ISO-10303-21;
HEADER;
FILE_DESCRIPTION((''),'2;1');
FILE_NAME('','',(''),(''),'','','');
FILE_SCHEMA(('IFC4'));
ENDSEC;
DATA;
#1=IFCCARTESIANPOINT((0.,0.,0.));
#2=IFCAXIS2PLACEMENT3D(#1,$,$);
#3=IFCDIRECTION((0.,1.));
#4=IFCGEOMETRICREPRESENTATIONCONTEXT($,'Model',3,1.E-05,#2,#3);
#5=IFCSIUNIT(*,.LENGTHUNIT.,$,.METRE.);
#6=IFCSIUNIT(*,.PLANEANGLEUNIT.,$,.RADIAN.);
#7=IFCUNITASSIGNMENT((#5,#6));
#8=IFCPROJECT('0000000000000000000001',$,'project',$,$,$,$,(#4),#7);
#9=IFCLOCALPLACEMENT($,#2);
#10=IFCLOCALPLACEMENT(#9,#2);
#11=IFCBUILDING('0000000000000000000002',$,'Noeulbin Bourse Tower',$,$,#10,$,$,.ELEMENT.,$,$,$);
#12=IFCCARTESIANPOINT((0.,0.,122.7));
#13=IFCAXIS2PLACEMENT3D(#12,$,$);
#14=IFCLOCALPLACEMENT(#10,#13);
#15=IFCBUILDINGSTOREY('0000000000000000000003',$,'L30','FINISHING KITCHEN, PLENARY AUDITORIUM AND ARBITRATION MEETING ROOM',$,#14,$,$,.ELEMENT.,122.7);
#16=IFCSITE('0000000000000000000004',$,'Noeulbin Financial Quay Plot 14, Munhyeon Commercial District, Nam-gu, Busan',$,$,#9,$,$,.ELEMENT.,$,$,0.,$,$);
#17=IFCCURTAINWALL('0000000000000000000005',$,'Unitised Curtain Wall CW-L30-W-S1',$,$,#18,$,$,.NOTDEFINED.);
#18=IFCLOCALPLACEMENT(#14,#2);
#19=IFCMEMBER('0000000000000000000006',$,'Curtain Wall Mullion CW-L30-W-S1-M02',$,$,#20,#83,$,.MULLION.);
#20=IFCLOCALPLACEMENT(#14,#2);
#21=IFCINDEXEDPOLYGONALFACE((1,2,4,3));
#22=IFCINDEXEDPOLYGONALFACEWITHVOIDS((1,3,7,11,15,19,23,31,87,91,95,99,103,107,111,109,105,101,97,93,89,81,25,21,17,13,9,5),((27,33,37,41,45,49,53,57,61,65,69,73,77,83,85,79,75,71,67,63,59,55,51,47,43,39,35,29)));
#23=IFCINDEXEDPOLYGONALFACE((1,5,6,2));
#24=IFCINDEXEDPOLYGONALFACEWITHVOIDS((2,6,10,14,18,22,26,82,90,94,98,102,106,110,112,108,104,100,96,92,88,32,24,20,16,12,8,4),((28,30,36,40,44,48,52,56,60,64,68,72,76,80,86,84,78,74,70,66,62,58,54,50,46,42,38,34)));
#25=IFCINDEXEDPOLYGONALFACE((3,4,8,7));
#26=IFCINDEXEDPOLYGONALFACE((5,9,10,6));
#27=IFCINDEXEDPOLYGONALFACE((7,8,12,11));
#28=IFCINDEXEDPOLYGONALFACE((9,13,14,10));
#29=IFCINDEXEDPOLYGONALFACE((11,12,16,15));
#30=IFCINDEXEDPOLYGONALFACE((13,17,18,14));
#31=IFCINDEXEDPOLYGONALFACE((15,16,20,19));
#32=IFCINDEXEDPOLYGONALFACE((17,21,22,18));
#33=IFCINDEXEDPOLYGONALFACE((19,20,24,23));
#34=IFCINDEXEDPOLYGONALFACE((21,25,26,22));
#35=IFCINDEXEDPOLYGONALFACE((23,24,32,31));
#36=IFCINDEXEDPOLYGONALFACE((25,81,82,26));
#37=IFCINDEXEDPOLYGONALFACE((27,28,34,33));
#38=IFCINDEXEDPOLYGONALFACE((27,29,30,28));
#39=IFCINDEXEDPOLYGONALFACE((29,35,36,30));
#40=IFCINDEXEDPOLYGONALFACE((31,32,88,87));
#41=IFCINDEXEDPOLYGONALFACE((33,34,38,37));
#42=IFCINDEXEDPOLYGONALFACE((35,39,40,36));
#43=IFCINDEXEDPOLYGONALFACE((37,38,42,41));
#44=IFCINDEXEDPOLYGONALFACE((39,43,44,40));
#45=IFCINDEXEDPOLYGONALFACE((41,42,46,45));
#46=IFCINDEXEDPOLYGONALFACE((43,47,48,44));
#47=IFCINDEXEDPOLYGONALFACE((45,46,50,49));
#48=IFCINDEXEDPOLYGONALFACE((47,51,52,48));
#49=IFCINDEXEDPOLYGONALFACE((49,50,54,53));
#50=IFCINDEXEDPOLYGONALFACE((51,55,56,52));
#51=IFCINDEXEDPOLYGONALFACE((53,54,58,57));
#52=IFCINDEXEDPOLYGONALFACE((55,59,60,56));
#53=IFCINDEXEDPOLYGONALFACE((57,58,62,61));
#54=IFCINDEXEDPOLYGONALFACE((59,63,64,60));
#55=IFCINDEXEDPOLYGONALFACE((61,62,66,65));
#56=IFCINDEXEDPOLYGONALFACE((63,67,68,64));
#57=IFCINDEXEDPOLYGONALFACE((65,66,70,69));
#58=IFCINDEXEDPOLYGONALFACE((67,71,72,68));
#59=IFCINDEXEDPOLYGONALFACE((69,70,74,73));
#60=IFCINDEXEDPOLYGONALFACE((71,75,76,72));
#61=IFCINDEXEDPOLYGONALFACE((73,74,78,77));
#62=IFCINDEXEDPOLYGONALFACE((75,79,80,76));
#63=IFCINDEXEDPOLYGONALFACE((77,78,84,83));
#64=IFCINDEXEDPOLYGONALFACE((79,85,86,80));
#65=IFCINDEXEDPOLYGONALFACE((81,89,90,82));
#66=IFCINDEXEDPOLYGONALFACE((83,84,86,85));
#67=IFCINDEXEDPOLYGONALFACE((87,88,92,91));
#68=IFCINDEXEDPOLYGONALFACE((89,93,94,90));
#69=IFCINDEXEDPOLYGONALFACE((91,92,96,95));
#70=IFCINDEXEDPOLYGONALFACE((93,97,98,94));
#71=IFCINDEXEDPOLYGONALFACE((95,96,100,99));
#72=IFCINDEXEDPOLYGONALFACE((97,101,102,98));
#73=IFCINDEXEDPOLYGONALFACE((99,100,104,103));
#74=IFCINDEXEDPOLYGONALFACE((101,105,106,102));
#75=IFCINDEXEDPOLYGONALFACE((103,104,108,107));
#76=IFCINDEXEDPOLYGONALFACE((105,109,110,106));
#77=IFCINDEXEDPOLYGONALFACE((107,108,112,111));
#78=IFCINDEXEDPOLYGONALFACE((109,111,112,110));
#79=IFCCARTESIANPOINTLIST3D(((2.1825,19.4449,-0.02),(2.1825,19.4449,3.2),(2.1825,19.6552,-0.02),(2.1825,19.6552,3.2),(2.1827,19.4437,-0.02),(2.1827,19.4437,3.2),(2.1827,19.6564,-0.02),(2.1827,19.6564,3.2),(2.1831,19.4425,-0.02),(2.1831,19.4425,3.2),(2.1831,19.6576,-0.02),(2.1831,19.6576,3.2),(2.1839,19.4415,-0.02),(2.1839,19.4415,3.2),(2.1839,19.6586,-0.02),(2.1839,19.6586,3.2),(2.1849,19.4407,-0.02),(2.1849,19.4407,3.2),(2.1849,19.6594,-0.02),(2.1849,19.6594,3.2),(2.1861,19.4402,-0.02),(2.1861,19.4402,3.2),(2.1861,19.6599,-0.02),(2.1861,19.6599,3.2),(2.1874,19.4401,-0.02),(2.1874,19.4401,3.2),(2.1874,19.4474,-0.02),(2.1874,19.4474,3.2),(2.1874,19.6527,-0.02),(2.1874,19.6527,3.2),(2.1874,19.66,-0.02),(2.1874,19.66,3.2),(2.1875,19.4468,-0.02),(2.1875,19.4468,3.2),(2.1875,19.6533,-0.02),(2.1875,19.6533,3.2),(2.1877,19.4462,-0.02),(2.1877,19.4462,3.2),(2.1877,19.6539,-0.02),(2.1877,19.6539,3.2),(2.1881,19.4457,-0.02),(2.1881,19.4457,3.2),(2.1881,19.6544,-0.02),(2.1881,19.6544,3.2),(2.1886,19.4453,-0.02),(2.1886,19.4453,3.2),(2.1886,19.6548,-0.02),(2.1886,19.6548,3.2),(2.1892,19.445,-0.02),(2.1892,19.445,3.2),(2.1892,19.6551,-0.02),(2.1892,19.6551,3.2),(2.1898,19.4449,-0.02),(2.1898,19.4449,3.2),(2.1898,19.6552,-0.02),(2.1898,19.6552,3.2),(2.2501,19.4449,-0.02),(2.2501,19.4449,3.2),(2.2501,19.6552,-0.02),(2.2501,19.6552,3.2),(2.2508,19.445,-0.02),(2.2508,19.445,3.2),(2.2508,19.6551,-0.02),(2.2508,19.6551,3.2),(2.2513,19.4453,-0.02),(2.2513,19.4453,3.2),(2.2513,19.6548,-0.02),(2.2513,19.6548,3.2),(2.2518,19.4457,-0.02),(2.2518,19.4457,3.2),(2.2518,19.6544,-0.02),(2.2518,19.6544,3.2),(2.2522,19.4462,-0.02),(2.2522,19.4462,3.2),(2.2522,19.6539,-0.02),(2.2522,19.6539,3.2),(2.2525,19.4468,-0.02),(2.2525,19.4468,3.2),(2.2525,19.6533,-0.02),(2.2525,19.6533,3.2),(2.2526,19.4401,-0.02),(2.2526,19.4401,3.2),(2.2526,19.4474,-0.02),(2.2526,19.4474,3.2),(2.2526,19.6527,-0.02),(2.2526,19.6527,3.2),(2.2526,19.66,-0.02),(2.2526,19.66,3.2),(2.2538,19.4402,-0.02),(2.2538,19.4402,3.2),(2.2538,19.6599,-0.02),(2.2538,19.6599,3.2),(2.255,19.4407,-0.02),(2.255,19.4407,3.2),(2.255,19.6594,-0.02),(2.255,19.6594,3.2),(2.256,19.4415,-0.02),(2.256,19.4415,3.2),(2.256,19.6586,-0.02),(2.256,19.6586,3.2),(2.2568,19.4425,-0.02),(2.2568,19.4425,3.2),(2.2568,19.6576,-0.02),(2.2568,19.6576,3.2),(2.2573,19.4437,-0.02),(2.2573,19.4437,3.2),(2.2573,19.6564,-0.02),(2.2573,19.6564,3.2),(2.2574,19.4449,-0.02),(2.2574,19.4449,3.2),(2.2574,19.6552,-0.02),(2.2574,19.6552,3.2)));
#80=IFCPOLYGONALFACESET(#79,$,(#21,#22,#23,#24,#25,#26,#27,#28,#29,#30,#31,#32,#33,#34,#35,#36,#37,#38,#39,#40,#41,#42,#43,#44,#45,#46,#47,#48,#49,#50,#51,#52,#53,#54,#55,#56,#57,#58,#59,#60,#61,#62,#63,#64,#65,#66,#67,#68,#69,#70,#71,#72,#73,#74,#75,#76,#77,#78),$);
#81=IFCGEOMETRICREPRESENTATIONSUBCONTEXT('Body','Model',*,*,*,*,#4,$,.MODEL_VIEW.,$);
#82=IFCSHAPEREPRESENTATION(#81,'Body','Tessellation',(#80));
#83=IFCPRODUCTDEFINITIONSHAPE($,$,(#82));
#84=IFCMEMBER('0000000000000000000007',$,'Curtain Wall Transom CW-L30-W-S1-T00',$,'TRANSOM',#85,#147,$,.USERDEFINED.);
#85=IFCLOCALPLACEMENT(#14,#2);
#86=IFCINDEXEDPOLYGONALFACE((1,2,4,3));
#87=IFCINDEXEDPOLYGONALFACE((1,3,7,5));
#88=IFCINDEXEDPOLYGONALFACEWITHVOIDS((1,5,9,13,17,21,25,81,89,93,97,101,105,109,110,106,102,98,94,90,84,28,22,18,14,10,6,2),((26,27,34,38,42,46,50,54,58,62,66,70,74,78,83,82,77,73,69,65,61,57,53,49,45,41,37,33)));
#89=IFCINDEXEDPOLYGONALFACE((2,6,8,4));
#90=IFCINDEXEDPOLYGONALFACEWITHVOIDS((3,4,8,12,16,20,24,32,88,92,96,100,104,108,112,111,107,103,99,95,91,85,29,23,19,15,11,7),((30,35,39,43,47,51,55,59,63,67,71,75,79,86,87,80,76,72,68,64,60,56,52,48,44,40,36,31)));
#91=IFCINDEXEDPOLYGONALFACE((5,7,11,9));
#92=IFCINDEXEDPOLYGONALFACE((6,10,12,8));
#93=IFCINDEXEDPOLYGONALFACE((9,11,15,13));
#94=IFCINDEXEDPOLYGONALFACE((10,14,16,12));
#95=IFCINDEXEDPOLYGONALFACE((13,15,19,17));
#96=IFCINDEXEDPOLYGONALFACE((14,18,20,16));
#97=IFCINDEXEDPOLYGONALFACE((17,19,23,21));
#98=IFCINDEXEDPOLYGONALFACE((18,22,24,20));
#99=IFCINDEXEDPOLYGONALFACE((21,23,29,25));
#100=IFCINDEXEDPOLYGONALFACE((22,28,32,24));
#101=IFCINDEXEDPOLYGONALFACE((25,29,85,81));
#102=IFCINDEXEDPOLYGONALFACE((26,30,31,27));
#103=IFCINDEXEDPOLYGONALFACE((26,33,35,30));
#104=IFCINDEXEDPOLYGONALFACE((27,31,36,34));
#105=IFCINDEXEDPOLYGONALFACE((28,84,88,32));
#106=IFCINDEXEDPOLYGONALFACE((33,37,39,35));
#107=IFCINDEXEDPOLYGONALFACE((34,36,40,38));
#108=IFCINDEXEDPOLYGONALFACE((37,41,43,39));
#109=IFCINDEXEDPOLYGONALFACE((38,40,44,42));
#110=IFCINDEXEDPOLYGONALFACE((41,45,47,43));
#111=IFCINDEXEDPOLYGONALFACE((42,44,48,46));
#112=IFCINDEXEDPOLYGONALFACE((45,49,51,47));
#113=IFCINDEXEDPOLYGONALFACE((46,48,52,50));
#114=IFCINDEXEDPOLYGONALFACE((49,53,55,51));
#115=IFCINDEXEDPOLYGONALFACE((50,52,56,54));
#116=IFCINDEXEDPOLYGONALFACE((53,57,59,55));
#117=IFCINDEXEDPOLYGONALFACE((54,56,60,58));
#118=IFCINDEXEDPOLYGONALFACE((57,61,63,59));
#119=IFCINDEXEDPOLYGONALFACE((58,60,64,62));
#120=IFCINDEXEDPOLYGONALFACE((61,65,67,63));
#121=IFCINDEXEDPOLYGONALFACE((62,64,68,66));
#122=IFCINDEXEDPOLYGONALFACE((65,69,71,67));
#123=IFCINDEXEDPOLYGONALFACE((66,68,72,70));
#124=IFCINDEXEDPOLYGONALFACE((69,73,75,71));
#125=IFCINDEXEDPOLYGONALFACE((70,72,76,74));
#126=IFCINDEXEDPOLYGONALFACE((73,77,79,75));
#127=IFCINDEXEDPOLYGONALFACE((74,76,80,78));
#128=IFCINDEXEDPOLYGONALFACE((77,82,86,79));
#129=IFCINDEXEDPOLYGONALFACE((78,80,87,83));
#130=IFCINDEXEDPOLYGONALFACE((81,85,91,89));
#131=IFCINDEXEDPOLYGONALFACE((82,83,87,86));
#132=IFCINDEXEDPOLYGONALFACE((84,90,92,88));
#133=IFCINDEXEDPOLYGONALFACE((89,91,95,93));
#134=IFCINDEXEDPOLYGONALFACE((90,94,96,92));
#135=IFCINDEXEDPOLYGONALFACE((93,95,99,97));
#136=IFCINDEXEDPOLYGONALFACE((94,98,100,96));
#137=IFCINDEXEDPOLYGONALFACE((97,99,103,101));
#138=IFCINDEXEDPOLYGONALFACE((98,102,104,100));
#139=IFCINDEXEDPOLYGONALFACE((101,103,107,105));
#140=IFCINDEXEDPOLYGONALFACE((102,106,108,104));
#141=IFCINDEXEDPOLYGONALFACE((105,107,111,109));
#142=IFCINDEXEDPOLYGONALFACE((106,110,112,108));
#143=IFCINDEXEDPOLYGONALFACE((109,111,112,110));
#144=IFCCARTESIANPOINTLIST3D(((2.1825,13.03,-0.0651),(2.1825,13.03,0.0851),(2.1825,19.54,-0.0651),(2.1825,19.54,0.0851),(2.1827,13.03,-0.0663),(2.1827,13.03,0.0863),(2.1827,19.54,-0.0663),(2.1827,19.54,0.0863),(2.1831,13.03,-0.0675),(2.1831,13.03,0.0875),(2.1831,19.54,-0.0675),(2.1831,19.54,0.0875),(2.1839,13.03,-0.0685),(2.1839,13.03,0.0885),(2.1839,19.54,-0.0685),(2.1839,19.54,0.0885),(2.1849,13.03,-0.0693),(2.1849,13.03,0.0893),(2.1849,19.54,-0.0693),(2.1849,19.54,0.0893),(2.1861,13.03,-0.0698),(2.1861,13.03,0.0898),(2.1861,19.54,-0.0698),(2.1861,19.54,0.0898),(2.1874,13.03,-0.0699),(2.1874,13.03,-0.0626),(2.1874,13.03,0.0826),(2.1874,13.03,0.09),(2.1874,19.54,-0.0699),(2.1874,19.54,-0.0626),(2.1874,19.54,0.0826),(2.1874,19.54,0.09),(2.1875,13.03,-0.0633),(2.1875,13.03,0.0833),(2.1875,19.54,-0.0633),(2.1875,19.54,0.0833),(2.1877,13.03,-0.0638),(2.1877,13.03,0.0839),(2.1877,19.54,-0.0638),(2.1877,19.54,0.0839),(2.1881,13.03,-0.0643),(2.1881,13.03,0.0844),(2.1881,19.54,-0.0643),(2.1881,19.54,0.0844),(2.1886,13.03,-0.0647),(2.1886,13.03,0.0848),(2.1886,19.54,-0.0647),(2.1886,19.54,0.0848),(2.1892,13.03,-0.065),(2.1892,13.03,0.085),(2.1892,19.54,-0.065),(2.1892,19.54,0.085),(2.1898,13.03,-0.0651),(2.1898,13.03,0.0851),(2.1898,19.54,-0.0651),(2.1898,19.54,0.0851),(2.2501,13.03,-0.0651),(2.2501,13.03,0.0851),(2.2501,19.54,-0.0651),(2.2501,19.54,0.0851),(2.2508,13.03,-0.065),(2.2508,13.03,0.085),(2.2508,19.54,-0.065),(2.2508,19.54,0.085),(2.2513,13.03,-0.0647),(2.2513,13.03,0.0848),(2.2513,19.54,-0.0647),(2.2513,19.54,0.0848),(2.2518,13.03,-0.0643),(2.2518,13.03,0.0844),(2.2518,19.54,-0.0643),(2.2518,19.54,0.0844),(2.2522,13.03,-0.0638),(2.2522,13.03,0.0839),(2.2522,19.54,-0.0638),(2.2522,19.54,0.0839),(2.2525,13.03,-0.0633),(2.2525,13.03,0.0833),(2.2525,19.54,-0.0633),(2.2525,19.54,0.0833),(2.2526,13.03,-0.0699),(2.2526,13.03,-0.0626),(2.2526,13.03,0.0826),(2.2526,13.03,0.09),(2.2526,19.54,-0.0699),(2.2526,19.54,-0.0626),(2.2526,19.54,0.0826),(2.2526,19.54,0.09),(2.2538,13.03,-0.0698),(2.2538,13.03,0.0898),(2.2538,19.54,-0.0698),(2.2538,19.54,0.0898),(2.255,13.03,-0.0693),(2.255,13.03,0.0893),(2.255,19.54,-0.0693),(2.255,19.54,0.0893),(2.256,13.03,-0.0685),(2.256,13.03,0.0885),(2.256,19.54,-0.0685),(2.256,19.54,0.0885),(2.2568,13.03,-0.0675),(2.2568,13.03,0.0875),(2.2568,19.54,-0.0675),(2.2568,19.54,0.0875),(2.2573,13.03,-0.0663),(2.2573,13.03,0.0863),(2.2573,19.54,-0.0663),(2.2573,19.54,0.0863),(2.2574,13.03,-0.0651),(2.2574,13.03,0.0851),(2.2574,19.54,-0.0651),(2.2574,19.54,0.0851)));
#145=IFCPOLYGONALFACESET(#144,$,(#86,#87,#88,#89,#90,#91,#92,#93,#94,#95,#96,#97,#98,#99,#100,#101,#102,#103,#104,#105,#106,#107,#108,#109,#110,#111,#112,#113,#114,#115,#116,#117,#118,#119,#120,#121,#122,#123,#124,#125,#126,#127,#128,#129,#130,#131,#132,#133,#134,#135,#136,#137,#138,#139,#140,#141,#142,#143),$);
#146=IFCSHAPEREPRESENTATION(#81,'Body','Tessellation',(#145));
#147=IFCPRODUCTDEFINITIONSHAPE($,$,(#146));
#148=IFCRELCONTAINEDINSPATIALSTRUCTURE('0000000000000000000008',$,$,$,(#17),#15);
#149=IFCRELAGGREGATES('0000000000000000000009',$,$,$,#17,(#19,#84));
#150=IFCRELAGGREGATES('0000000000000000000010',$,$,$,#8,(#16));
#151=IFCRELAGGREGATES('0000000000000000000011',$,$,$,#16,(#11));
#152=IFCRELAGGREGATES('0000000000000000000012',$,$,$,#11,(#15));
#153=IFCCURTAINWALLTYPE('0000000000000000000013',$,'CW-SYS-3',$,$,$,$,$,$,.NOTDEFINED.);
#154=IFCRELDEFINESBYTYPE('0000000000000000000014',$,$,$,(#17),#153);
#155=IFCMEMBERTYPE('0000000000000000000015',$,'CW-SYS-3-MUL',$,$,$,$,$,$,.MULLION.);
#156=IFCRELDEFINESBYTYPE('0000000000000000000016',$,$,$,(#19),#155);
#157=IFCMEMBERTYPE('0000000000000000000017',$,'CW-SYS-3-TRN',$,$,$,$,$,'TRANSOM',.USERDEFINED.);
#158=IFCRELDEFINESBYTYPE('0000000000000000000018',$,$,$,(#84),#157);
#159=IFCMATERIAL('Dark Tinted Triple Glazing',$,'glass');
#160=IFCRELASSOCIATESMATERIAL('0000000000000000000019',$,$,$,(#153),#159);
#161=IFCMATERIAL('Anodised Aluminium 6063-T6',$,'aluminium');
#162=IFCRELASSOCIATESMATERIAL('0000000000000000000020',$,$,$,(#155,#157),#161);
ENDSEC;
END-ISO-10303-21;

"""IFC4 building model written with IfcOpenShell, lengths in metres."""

from ifc_helpers import new_model, si_unit, direction, frame, origin, origin_2d, place, context, subcontext, project, spatial, hollow_rectangle, extrude, material, material_profile, profile_set, type_object, element, aggregate, save


model = new_model("IFC4")

# Units and contexts
model_context = context("Model", 3, precision=1e-05, world=origin(), true_north=direction((0.0, 1.0)))
body_context = subcontext(model_context, "Body", "Model", "MODEL_VIEW")
ifc_project = project(units=[si_unit("LENGTHUNIT", "METRE"), si_unit("PLANEANGLEUNIT", "RADIAN")], contexts=[model_context])

# Site, building, storey
site_placement = place(None, origin())
site = spatial("IfcSite", under=ifc_project, at=site_placement, Name="Noeulbin Financial Quay Plot 14, Munhyeon Commercial District, Nam-gu, Busan", CompositionType="ELEMENT", RefElevation=0.0)
building_placement = place(site_placement, origin())
building = spatial("IfcBuilding", under=site, at=building_placement, Name="Noeulbin Bourse Tower", CompositionType="ELEMENT")
storey_placement = place(building_placement, frame((0.0, 0.0, 122.7)))
storey = spatial("IfcBuildingStorey", under=building, at=storey_placement, Name="L30", Description="FINISHING KITCHEN, PLENARY AUDITORIUM AND ARBITRATION MEETING ROOM", CompositionType="ELEMENT", Elevation=122.7)

# Curtain wall, members
ifc_material_1 = material(Name="Dark Tinted Triple Glazing", Category="glass")
curtain_wall_type = type_object("IfcCurtainWallType", Name="CW-SYS-3", PredefinedType="NOTDEFINED", material=ifc_material_1)
curtain_wall_placement = place(storey_placement, origin())
curtain_wall = element("IfcCurtainWall", 1, at=curtain_wall_placement, inside=storey, type_object=curtain_wall_type, Name="Unitised Curtain Wall CW-L30-W-S1", PredefinedType="NOTDEFINED")
ifc_material_2 = material(Name="Anodised Aluminium 6063-T6", Category="aluminium")
ifc_material_profile_1 = material_profile(ifc_material_2, hollow_rectangle(XDim=0.075, YDim=0.22, WallThickness=0.0049, InnerFilletRadius=0.0024, OuterFilletRadius=0.0049, at=origin_2d()), Name="ALU-MULL-75x220x5", Category="LoadBearing")
ifc_profile_set_1 = profile_set([ifc_material_profile_1], Name="Anodised Aluminium 6063-T6")
member_type_1 = type_object("IfcMemberType", Name="CW-SYS-3-MUL", PredefinedType="MULLION", material=ifc_profile_set_1)
member_1_placement = place(storey_placement, frame((2.22, 19.55, -0.02), z_axis=(0.0, 0.0, 1.0), x_axis=(1.0, 0.0, 0.0)))
member_1 = element("IfcMember", 2, at=member_1_placement, type_object=member_type_1, Name="Curtain Wall Mullion CW-L30-W-S1-M02", PredefinedType="MULLION", context=body_context, shape_type="SweptSolid", body=[
    extrude(hollow_rectangle(XDim=0.075, YDim=0.22, WallThickness=0.0049, InnerFilletRadius=0.0024, OuterFilletRadius=0.0049, at=origin_2d()), origin(), (0.0, 0.0, 1.0), 3.22),
])
ifc_material_profile_2 = material_profile(ifc_material_2, hollow_rectangle(XDim=0.075, YDim=0.1599, WallThickness=0.0049, InnerFilletRadius=0.0024, OuterFilletRadius=0.0049, at=origin_2d()), Name="ALU-TRAN-75x160x5", Category="LoadBearing")
ifc_profile_set_2 = profile_set([ifc_material_profile_2], Name="Anodised Aluminium 6063-T6")
member_type_2 = type_object("IfcMemberType", Name="CW-SYS-3-TRN", ElementType="TRANSOM", PredefinedType="USERDEFINED", material=ifc_profile_set_2)
member_2_placement = place(storey_placement, frame((2.22, 13.03, 0.01), z_axis=(0.0, 1.0, 0.0), x_axis=(-1.0, 0.0, 0.0)))
member_2 = element("IfcMember", 3, at=member_2_placement, type_object=member_type_2, Name="Curtain Wall Transom CW-L30-W-S1-T00", ObjectType="TRANSOM", PredefinedType="USERDEFINED", context=body_context, shape_type="SweptSolid", body=[
    extrude(hollow_rectangle(XDim=0.075, YDim=0.1599, WallThickness=0.0049, InnerFilletRadius=0.0024, OuterFilletRadius=0.0049, at=origin_2d()), origin(), (0.0, 0.0, 1.0), 6.51),
])
aggregate(curtain_wall, [member_1, member_2])

save(model, "model.ifc")
